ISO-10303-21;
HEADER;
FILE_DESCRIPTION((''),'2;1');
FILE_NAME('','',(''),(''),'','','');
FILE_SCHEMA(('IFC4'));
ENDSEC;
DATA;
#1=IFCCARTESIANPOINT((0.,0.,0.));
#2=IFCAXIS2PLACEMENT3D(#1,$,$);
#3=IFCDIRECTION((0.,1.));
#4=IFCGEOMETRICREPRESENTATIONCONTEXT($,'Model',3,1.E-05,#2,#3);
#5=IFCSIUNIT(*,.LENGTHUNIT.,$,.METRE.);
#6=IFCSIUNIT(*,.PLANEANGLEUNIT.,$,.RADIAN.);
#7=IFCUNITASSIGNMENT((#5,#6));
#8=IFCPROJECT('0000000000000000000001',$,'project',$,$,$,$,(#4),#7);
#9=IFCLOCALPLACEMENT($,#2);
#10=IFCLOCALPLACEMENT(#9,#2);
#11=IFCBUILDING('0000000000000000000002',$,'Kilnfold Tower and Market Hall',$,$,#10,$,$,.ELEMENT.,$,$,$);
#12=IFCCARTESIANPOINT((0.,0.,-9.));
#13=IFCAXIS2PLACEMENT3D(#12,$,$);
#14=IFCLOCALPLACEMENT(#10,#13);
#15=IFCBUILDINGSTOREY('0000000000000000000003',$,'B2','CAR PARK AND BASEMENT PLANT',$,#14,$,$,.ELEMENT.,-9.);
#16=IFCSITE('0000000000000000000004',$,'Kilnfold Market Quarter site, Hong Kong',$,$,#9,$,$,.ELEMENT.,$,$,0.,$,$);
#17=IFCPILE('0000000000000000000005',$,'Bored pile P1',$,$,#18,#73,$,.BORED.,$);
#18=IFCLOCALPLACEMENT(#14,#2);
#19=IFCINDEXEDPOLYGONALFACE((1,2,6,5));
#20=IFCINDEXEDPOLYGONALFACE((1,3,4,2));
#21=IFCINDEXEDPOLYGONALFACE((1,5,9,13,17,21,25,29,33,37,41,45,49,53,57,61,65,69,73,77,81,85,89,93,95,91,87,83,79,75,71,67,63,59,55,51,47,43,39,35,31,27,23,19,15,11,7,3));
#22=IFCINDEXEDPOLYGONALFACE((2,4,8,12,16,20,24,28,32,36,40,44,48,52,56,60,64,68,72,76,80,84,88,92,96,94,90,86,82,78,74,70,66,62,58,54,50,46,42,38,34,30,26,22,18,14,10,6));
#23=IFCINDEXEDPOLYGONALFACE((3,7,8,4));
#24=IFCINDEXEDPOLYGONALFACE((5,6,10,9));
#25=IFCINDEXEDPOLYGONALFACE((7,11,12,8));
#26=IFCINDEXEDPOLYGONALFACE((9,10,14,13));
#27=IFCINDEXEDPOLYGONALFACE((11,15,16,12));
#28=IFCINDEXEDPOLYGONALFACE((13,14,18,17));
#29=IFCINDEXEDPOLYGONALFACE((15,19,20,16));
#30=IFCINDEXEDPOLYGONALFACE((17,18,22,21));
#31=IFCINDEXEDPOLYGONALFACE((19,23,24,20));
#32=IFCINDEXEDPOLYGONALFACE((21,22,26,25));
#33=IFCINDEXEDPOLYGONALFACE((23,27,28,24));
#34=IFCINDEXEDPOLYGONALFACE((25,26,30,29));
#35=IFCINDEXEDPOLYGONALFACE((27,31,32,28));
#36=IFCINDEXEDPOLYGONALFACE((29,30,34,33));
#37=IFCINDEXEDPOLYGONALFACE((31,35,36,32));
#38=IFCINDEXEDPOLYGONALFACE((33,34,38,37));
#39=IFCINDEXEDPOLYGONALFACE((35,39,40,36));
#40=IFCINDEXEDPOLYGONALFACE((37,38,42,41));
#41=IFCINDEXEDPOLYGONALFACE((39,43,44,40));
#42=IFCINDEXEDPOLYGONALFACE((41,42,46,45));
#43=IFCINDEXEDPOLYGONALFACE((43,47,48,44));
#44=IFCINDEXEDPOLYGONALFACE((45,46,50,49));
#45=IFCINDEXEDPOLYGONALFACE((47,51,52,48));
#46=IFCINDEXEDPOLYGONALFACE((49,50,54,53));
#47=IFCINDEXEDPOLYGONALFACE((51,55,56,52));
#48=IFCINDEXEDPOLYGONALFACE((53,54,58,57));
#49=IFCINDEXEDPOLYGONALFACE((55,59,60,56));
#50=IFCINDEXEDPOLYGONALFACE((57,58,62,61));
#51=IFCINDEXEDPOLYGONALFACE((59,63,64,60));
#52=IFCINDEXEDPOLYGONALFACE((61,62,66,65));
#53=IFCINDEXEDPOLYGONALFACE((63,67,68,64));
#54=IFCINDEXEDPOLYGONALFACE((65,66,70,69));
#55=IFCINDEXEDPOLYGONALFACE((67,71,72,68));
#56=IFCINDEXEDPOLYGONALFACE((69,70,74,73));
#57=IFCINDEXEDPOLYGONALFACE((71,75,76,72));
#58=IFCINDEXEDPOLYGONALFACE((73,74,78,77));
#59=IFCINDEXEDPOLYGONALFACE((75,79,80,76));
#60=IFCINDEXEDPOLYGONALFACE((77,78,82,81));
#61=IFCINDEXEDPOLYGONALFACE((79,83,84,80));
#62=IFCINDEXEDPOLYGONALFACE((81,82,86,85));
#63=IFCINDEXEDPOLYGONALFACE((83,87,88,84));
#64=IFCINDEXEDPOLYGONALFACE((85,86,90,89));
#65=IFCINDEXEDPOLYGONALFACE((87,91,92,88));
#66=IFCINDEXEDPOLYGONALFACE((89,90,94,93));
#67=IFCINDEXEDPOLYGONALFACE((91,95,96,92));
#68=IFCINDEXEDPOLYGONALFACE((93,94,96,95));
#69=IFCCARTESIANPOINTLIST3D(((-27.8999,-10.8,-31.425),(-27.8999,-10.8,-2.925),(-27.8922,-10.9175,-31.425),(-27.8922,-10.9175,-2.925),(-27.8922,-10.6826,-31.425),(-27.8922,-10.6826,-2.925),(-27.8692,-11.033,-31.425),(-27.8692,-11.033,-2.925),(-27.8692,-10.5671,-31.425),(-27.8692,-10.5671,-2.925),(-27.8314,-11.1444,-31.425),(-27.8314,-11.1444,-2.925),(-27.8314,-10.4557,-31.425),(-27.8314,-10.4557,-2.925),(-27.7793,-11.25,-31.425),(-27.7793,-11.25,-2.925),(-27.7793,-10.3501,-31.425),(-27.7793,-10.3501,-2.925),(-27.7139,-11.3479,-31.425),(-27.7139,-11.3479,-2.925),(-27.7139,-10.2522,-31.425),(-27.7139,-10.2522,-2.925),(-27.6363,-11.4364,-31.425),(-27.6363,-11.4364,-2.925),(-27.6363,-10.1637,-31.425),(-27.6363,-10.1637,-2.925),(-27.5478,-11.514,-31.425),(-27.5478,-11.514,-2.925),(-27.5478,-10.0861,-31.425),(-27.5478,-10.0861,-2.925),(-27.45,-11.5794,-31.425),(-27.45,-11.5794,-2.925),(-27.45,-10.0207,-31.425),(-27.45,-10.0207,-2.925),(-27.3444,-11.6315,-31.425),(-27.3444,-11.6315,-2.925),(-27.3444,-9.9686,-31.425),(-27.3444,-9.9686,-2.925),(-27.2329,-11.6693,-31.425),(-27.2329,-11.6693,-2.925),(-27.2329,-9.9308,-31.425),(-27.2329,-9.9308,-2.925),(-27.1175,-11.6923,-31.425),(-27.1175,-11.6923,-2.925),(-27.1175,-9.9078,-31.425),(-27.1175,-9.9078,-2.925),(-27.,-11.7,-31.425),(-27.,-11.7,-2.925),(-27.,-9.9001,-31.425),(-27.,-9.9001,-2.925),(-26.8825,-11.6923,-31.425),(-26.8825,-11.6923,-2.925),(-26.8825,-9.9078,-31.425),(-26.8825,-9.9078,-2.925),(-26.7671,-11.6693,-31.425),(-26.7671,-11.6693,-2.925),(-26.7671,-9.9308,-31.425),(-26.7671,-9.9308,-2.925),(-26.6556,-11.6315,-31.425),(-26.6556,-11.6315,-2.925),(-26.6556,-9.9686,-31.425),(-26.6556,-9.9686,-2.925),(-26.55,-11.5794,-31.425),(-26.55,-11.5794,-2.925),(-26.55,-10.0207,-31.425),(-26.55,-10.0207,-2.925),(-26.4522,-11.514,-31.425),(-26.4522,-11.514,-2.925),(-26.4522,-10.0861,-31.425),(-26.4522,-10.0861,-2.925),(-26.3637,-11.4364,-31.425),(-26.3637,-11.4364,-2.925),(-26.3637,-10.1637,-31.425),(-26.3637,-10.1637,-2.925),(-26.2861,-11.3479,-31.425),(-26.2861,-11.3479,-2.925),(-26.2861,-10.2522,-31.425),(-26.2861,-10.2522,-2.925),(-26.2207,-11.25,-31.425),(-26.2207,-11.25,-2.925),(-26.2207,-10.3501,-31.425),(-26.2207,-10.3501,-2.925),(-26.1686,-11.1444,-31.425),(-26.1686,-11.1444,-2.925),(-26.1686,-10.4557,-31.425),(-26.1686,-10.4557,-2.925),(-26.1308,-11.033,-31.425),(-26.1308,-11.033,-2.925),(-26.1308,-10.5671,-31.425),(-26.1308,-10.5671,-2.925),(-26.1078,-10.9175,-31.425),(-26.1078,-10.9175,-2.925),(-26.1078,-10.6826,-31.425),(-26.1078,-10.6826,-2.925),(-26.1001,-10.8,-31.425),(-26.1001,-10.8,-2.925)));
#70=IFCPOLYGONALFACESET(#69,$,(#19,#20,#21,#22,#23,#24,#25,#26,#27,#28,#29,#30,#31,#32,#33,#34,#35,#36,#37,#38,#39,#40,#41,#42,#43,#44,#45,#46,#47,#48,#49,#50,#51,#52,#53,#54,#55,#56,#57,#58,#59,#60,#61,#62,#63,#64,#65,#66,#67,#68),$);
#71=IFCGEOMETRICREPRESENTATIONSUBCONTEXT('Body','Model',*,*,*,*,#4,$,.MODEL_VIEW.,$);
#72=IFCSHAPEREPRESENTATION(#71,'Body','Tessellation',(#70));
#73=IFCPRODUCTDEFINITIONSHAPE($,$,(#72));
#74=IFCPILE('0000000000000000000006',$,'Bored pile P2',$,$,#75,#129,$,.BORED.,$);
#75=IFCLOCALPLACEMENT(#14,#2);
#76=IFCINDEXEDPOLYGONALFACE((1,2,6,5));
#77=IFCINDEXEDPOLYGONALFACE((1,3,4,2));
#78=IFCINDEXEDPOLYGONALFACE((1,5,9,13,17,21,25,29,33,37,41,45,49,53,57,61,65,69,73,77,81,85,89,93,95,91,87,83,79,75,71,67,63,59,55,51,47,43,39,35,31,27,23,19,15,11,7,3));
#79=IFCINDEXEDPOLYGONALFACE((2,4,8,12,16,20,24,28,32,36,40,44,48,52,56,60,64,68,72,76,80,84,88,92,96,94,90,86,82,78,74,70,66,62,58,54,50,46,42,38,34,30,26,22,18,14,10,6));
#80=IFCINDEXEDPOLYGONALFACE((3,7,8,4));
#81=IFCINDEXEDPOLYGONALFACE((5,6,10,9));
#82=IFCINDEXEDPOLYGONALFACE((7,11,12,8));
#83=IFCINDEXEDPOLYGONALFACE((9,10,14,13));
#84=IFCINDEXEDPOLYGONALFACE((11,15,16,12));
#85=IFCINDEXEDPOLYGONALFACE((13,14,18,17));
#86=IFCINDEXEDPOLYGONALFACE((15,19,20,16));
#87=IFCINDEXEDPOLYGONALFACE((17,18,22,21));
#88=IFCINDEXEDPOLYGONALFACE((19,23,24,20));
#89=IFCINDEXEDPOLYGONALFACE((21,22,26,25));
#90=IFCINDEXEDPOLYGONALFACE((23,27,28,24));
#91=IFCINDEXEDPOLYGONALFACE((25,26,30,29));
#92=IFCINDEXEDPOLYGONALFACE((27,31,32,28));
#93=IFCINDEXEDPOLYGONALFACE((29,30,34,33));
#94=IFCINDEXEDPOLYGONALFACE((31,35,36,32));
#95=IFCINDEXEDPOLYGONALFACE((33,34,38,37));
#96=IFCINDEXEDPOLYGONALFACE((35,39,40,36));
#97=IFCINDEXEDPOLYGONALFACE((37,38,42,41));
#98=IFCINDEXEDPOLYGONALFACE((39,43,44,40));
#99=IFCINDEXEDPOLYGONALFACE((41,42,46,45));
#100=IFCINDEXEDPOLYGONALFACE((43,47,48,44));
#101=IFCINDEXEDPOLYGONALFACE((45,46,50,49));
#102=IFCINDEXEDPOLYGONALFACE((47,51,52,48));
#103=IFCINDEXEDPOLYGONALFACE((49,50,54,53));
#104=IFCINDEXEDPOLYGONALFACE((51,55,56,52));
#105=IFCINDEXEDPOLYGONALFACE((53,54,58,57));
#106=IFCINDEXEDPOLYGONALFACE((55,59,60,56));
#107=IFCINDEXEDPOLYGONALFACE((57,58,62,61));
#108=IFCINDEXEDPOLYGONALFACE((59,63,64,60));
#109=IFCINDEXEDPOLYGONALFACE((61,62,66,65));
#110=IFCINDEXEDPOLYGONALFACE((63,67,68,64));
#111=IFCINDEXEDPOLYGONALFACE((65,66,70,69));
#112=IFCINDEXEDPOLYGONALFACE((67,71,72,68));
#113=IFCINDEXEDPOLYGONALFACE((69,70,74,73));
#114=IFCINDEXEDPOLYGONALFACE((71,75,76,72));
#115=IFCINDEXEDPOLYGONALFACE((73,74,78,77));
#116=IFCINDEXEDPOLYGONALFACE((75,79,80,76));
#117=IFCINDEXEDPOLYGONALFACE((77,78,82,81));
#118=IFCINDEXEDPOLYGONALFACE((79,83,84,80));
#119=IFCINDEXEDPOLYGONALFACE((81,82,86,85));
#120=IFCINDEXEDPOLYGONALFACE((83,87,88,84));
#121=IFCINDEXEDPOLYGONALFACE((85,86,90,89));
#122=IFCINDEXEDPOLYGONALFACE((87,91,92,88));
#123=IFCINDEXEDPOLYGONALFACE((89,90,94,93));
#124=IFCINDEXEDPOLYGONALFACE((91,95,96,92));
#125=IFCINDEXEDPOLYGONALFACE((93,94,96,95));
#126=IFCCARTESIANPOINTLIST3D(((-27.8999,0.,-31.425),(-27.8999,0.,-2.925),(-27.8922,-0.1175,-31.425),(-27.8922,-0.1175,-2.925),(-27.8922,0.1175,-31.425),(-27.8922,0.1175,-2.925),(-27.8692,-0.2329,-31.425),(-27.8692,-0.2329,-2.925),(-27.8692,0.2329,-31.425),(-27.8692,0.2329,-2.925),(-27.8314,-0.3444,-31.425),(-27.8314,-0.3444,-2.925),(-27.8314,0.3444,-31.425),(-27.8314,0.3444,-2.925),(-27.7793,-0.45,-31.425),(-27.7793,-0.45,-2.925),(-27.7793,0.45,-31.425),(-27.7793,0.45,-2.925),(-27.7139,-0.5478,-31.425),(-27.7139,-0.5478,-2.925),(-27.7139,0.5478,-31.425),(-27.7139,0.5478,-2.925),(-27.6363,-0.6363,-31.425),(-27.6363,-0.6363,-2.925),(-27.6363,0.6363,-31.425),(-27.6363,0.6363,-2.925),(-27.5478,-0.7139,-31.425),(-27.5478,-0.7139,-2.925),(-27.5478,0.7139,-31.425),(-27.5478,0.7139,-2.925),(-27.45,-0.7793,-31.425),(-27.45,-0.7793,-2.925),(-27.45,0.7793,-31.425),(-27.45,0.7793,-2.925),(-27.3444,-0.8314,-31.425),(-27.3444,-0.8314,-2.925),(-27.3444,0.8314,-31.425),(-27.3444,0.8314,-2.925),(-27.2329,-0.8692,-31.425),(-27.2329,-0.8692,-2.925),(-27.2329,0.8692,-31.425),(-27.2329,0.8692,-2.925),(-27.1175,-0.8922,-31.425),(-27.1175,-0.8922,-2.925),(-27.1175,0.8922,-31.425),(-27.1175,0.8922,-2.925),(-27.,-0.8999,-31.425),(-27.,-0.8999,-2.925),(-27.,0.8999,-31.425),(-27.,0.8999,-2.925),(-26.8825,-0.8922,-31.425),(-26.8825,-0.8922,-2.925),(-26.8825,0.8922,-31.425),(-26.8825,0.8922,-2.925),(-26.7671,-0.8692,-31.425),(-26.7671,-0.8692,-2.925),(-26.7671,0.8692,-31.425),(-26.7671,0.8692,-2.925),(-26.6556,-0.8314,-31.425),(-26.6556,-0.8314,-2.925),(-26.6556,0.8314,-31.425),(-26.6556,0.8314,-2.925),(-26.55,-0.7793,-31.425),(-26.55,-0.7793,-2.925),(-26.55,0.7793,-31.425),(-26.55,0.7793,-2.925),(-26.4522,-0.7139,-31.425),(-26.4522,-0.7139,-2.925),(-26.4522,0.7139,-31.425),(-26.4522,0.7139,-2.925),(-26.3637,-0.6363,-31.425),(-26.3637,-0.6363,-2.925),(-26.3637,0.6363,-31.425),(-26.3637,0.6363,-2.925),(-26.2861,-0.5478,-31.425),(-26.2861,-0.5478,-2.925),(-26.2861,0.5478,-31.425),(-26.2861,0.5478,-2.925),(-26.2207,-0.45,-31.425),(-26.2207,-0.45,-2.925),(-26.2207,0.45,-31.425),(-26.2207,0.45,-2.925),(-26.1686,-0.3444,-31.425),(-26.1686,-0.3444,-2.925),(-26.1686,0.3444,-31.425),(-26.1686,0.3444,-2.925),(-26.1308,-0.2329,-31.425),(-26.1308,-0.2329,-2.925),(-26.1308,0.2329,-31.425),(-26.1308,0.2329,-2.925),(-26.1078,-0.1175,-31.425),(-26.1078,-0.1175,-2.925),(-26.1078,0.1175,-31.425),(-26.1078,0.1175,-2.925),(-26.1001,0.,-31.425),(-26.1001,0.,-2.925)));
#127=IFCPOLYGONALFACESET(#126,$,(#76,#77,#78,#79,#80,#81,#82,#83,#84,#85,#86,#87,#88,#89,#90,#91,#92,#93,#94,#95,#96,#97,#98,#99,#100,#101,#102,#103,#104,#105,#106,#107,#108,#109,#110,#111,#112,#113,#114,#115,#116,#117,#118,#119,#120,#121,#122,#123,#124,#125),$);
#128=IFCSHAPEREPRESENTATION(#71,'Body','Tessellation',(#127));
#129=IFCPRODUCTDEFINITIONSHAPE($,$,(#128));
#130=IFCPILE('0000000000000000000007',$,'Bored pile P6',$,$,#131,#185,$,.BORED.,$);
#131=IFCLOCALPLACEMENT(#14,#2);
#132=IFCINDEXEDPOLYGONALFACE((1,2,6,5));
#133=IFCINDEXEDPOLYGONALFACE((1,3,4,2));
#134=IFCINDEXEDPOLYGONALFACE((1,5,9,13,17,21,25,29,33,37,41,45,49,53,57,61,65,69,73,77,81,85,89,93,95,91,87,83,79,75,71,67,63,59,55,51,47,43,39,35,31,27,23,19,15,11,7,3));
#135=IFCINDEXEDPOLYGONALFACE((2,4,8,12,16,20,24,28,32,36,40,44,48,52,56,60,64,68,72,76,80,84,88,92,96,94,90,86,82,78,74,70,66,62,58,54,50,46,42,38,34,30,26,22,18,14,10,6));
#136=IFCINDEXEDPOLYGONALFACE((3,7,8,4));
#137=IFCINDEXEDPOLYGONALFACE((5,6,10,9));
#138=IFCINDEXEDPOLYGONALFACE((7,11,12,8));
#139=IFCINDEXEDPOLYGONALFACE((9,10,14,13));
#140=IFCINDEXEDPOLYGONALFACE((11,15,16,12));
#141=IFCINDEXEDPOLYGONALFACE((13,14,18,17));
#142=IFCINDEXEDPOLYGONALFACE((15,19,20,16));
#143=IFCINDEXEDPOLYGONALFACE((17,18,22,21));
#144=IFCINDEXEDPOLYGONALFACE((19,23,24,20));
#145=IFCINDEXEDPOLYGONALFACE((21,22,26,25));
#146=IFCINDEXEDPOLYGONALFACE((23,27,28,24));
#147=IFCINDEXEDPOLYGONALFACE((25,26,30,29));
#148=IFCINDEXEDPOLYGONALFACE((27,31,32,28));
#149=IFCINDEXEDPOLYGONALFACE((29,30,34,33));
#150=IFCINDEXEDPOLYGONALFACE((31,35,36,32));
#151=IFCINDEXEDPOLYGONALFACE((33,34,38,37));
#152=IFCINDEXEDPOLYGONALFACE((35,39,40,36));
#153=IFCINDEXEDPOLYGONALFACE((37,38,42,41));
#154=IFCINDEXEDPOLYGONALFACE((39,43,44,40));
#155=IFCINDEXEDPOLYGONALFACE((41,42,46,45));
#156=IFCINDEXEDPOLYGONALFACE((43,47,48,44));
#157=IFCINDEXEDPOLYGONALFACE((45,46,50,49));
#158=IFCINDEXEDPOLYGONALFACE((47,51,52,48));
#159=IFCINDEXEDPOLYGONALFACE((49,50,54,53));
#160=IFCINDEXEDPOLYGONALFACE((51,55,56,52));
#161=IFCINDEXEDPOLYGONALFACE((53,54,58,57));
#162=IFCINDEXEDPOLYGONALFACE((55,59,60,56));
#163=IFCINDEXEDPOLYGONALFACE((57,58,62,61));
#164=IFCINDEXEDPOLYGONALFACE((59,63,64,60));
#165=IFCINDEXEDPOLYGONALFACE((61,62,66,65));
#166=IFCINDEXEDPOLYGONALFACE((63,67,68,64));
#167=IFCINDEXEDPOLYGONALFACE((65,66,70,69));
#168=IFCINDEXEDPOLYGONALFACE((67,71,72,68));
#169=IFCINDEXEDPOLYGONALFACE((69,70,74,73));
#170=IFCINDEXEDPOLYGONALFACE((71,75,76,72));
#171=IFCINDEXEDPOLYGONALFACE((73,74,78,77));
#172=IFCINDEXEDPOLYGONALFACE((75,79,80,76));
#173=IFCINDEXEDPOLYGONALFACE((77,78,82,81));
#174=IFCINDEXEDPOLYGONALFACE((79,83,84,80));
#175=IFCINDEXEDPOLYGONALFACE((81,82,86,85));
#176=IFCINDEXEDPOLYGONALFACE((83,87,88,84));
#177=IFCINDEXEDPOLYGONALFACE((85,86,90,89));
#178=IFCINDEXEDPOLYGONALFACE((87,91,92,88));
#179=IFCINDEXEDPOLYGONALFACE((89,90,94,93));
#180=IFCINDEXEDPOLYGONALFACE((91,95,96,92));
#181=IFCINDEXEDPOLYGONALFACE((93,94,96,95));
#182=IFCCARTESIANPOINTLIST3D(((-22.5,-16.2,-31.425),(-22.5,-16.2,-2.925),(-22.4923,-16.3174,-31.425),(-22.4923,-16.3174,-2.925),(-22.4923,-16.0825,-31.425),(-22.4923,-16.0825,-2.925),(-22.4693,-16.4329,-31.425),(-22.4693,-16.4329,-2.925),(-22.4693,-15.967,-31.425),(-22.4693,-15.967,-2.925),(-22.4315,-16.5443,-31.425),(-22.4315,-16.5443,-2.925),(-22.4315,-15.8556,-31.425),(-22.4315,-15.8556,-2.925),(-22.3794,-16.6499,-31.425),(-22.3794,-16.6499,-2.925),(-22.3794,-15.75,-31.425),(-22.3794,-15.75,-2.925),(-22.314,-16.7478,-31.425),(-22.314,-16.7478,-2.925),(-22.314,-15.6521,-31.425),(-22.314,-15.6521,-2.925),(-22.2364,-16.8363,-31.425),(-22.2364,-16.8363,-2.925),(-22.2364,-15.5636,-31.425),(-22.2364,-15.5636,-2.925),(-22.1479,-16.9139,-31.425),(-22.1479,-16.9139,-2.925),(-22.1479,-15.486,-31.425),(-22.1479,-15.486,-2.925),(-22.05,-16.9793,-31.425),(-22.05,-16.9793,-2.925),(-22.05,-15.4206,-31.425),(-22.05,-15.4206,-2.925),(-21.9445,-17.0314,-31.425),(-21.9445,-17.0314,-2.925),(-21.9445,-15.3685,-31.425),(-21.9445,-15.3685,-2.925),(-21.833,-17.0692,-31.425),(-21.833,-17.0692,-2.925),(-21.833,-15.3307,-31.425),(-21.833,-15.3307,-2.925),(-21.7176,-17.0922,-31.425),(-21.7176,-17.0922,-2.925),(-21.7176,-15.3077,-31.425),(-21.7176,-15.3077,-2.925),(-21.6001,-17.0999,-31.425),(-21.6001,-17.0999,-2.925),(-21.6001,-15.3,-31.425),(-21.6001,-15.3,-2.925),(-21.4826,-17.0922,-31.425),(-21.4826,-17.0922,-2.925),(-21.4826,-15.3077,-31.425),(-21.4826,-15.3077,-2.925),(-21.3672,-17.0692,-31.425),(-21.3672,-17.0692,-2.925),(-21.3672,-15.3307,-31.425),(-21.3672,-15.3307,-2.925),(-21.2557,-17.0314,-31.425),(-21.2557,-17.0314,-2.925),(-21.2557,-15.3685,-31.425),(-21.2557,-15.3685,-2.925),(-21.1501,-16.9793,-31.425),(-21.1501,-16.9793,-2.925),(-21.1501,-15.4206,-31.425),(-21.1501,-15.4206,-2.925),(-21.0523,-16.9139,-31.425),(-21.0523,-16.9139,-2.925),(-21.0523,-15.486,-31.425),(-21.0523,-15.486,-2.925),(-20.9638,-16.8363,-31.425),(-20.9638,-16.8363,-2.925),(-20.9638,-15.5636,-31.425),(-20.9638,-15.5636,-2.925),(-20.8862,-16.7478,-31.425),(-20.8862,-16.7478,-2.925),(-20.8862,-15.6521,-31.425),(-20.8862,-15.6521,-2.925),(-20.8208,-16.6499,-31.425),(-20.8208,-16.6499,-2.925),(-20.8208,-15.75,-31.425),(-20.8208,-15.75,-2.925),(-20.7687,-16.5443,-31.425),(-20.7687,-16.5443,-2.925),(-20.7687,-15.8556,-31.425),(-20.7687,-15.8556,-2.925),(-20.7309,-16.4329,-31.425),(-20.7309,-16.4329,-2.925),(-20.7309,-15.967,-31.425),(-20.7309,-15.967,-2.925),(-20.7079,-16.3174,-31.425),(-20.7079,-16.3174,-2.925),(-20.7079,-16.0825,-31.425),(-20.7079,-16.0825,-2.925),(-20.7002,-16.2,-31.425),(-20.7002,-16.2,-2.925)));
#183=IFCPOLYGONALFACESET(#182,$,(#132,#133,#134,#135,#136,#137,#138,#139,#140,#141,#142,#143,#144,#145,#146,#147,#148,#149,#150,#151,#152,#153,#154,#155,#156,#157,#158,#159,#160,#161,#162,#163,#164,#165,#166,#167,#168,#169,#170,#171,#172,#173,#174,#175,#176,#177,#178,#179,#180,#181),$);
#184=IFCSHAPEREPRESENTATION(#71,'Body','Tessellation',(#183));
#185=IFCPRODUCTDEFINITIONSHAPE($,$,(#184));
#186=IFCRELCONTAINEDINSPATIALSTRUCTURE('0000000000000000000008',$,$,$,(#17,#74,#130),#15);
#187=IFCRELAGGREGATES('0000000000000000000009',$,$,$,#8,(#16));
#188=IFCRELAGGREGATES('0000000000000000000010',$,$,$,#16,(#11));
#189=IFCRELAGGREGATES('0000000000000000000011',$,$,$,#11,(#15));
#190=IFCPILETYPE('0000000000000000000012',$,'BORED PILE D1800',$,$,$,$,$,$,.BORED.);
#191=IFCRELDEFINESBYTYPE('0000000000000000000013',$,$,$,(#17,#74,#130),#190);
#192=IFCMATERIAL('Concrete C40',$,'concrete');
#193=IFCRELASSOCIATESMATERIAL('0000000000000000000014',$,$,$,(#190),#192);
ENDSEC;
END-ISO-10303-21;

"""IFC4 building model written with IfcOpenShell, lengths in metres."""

from ifc_helpers import new_model, si_unit, direction, frame, origin, origin_2d, place, context, subcontext, project, spatial, circle, extrude, source, transform, mapped, material, material_profile, profile_set, type_object, element, save


model = new_model("IFC4")

# Units and contexts
model_context = context("Model", 3, precision=1e-05, world=origin(), true_north=direction((0.0, 1.0)))
body_context = subcontext(model_context, "Body", "Model", "MODEL_VIEW")
ifc_project = project(units=[si_unit("LENGTHUNIT", "METRE"), si_unit("PLANEANGLEUNIT", "RADIAN")], contexts=[model_context])

# Site, building, storey
site_placement = place(None, origin())
site = spatial("IfcSite", under=ifc_project, at=site_placement, Name="Kilnfold Market Quarter site, Hong Kong", CompositionType="ELEMENT", RefElevation=0.0)
building_placement = place(site_placement, origin())
building = spatial("IfcBuilding", under=site, at=building_placement, Name="Kilnfold Tower and Market Hall", CompositionType="ELEMENT")
storey_placement = place(building_placement, frame((0.0, 0.0, -9.0)))
storey = spatial("IfcBuildingStorey", under=building, at=storey_placement, Name="B2", Description="CAR PARK AND BASEMENT PLANT", CompositionType="ELEMENT", Elevation=-9.0)

# Piles
ifc_material_1 = material(Name="Concrete C40", Category="concrete")
ifc_material_profile_1 = material_profile(ifc_material_1, circle(Radius=0.8999, at=origin_2d()), Name="RC D1800")
ifc_profile_set_1 = profile_set([ifc_material_profile_1], Name="Concrete C40")
pile_type = type_object("IfcPileType", Name="BORED PILE D1800", PredefinedType="BORED", material=ifc_profile_set_1)
shared_shape_1 = source(origin(), body_context, "Body", "SweptSolid", [
    extrude(circle(Radius=0.8999, at=origin_2d()), origin(), (0.0, 0.0, 1.0), 28.5),
])
for number, where, z_axis, x_axis, name in (
    (1, (-27.0, -10.8, -2.925), (0.0, 0.0, -1.0), (1.0, 0.0, 0.0), "Bored pile P1"),
    (2, (-27.0, 0.0, -2.925), (0.0, 0.0, -1.0), (1.0, 0.0, 0.0), "Bored pile P2"),
    (3, (-21.6001, -16.2, -2.925), (0.0, 0.0, -1.0), (1.0, 0.0, 0.0), "Bored pile P6"),
):
    element("IfcPile", number, at=place(storey_placement, frame(where, z_axis=z_axis, x_axis=x_axis)), inside=storey, type_object=pile_type, Name=name, PredefinedType="BORED", context=body_context, shape_type="MappedRepresentation", body=[
        mapped(shared_shape_1, transform((0.0, 0.0, 0.0))),
    ])

save(model, "model.ifc")
